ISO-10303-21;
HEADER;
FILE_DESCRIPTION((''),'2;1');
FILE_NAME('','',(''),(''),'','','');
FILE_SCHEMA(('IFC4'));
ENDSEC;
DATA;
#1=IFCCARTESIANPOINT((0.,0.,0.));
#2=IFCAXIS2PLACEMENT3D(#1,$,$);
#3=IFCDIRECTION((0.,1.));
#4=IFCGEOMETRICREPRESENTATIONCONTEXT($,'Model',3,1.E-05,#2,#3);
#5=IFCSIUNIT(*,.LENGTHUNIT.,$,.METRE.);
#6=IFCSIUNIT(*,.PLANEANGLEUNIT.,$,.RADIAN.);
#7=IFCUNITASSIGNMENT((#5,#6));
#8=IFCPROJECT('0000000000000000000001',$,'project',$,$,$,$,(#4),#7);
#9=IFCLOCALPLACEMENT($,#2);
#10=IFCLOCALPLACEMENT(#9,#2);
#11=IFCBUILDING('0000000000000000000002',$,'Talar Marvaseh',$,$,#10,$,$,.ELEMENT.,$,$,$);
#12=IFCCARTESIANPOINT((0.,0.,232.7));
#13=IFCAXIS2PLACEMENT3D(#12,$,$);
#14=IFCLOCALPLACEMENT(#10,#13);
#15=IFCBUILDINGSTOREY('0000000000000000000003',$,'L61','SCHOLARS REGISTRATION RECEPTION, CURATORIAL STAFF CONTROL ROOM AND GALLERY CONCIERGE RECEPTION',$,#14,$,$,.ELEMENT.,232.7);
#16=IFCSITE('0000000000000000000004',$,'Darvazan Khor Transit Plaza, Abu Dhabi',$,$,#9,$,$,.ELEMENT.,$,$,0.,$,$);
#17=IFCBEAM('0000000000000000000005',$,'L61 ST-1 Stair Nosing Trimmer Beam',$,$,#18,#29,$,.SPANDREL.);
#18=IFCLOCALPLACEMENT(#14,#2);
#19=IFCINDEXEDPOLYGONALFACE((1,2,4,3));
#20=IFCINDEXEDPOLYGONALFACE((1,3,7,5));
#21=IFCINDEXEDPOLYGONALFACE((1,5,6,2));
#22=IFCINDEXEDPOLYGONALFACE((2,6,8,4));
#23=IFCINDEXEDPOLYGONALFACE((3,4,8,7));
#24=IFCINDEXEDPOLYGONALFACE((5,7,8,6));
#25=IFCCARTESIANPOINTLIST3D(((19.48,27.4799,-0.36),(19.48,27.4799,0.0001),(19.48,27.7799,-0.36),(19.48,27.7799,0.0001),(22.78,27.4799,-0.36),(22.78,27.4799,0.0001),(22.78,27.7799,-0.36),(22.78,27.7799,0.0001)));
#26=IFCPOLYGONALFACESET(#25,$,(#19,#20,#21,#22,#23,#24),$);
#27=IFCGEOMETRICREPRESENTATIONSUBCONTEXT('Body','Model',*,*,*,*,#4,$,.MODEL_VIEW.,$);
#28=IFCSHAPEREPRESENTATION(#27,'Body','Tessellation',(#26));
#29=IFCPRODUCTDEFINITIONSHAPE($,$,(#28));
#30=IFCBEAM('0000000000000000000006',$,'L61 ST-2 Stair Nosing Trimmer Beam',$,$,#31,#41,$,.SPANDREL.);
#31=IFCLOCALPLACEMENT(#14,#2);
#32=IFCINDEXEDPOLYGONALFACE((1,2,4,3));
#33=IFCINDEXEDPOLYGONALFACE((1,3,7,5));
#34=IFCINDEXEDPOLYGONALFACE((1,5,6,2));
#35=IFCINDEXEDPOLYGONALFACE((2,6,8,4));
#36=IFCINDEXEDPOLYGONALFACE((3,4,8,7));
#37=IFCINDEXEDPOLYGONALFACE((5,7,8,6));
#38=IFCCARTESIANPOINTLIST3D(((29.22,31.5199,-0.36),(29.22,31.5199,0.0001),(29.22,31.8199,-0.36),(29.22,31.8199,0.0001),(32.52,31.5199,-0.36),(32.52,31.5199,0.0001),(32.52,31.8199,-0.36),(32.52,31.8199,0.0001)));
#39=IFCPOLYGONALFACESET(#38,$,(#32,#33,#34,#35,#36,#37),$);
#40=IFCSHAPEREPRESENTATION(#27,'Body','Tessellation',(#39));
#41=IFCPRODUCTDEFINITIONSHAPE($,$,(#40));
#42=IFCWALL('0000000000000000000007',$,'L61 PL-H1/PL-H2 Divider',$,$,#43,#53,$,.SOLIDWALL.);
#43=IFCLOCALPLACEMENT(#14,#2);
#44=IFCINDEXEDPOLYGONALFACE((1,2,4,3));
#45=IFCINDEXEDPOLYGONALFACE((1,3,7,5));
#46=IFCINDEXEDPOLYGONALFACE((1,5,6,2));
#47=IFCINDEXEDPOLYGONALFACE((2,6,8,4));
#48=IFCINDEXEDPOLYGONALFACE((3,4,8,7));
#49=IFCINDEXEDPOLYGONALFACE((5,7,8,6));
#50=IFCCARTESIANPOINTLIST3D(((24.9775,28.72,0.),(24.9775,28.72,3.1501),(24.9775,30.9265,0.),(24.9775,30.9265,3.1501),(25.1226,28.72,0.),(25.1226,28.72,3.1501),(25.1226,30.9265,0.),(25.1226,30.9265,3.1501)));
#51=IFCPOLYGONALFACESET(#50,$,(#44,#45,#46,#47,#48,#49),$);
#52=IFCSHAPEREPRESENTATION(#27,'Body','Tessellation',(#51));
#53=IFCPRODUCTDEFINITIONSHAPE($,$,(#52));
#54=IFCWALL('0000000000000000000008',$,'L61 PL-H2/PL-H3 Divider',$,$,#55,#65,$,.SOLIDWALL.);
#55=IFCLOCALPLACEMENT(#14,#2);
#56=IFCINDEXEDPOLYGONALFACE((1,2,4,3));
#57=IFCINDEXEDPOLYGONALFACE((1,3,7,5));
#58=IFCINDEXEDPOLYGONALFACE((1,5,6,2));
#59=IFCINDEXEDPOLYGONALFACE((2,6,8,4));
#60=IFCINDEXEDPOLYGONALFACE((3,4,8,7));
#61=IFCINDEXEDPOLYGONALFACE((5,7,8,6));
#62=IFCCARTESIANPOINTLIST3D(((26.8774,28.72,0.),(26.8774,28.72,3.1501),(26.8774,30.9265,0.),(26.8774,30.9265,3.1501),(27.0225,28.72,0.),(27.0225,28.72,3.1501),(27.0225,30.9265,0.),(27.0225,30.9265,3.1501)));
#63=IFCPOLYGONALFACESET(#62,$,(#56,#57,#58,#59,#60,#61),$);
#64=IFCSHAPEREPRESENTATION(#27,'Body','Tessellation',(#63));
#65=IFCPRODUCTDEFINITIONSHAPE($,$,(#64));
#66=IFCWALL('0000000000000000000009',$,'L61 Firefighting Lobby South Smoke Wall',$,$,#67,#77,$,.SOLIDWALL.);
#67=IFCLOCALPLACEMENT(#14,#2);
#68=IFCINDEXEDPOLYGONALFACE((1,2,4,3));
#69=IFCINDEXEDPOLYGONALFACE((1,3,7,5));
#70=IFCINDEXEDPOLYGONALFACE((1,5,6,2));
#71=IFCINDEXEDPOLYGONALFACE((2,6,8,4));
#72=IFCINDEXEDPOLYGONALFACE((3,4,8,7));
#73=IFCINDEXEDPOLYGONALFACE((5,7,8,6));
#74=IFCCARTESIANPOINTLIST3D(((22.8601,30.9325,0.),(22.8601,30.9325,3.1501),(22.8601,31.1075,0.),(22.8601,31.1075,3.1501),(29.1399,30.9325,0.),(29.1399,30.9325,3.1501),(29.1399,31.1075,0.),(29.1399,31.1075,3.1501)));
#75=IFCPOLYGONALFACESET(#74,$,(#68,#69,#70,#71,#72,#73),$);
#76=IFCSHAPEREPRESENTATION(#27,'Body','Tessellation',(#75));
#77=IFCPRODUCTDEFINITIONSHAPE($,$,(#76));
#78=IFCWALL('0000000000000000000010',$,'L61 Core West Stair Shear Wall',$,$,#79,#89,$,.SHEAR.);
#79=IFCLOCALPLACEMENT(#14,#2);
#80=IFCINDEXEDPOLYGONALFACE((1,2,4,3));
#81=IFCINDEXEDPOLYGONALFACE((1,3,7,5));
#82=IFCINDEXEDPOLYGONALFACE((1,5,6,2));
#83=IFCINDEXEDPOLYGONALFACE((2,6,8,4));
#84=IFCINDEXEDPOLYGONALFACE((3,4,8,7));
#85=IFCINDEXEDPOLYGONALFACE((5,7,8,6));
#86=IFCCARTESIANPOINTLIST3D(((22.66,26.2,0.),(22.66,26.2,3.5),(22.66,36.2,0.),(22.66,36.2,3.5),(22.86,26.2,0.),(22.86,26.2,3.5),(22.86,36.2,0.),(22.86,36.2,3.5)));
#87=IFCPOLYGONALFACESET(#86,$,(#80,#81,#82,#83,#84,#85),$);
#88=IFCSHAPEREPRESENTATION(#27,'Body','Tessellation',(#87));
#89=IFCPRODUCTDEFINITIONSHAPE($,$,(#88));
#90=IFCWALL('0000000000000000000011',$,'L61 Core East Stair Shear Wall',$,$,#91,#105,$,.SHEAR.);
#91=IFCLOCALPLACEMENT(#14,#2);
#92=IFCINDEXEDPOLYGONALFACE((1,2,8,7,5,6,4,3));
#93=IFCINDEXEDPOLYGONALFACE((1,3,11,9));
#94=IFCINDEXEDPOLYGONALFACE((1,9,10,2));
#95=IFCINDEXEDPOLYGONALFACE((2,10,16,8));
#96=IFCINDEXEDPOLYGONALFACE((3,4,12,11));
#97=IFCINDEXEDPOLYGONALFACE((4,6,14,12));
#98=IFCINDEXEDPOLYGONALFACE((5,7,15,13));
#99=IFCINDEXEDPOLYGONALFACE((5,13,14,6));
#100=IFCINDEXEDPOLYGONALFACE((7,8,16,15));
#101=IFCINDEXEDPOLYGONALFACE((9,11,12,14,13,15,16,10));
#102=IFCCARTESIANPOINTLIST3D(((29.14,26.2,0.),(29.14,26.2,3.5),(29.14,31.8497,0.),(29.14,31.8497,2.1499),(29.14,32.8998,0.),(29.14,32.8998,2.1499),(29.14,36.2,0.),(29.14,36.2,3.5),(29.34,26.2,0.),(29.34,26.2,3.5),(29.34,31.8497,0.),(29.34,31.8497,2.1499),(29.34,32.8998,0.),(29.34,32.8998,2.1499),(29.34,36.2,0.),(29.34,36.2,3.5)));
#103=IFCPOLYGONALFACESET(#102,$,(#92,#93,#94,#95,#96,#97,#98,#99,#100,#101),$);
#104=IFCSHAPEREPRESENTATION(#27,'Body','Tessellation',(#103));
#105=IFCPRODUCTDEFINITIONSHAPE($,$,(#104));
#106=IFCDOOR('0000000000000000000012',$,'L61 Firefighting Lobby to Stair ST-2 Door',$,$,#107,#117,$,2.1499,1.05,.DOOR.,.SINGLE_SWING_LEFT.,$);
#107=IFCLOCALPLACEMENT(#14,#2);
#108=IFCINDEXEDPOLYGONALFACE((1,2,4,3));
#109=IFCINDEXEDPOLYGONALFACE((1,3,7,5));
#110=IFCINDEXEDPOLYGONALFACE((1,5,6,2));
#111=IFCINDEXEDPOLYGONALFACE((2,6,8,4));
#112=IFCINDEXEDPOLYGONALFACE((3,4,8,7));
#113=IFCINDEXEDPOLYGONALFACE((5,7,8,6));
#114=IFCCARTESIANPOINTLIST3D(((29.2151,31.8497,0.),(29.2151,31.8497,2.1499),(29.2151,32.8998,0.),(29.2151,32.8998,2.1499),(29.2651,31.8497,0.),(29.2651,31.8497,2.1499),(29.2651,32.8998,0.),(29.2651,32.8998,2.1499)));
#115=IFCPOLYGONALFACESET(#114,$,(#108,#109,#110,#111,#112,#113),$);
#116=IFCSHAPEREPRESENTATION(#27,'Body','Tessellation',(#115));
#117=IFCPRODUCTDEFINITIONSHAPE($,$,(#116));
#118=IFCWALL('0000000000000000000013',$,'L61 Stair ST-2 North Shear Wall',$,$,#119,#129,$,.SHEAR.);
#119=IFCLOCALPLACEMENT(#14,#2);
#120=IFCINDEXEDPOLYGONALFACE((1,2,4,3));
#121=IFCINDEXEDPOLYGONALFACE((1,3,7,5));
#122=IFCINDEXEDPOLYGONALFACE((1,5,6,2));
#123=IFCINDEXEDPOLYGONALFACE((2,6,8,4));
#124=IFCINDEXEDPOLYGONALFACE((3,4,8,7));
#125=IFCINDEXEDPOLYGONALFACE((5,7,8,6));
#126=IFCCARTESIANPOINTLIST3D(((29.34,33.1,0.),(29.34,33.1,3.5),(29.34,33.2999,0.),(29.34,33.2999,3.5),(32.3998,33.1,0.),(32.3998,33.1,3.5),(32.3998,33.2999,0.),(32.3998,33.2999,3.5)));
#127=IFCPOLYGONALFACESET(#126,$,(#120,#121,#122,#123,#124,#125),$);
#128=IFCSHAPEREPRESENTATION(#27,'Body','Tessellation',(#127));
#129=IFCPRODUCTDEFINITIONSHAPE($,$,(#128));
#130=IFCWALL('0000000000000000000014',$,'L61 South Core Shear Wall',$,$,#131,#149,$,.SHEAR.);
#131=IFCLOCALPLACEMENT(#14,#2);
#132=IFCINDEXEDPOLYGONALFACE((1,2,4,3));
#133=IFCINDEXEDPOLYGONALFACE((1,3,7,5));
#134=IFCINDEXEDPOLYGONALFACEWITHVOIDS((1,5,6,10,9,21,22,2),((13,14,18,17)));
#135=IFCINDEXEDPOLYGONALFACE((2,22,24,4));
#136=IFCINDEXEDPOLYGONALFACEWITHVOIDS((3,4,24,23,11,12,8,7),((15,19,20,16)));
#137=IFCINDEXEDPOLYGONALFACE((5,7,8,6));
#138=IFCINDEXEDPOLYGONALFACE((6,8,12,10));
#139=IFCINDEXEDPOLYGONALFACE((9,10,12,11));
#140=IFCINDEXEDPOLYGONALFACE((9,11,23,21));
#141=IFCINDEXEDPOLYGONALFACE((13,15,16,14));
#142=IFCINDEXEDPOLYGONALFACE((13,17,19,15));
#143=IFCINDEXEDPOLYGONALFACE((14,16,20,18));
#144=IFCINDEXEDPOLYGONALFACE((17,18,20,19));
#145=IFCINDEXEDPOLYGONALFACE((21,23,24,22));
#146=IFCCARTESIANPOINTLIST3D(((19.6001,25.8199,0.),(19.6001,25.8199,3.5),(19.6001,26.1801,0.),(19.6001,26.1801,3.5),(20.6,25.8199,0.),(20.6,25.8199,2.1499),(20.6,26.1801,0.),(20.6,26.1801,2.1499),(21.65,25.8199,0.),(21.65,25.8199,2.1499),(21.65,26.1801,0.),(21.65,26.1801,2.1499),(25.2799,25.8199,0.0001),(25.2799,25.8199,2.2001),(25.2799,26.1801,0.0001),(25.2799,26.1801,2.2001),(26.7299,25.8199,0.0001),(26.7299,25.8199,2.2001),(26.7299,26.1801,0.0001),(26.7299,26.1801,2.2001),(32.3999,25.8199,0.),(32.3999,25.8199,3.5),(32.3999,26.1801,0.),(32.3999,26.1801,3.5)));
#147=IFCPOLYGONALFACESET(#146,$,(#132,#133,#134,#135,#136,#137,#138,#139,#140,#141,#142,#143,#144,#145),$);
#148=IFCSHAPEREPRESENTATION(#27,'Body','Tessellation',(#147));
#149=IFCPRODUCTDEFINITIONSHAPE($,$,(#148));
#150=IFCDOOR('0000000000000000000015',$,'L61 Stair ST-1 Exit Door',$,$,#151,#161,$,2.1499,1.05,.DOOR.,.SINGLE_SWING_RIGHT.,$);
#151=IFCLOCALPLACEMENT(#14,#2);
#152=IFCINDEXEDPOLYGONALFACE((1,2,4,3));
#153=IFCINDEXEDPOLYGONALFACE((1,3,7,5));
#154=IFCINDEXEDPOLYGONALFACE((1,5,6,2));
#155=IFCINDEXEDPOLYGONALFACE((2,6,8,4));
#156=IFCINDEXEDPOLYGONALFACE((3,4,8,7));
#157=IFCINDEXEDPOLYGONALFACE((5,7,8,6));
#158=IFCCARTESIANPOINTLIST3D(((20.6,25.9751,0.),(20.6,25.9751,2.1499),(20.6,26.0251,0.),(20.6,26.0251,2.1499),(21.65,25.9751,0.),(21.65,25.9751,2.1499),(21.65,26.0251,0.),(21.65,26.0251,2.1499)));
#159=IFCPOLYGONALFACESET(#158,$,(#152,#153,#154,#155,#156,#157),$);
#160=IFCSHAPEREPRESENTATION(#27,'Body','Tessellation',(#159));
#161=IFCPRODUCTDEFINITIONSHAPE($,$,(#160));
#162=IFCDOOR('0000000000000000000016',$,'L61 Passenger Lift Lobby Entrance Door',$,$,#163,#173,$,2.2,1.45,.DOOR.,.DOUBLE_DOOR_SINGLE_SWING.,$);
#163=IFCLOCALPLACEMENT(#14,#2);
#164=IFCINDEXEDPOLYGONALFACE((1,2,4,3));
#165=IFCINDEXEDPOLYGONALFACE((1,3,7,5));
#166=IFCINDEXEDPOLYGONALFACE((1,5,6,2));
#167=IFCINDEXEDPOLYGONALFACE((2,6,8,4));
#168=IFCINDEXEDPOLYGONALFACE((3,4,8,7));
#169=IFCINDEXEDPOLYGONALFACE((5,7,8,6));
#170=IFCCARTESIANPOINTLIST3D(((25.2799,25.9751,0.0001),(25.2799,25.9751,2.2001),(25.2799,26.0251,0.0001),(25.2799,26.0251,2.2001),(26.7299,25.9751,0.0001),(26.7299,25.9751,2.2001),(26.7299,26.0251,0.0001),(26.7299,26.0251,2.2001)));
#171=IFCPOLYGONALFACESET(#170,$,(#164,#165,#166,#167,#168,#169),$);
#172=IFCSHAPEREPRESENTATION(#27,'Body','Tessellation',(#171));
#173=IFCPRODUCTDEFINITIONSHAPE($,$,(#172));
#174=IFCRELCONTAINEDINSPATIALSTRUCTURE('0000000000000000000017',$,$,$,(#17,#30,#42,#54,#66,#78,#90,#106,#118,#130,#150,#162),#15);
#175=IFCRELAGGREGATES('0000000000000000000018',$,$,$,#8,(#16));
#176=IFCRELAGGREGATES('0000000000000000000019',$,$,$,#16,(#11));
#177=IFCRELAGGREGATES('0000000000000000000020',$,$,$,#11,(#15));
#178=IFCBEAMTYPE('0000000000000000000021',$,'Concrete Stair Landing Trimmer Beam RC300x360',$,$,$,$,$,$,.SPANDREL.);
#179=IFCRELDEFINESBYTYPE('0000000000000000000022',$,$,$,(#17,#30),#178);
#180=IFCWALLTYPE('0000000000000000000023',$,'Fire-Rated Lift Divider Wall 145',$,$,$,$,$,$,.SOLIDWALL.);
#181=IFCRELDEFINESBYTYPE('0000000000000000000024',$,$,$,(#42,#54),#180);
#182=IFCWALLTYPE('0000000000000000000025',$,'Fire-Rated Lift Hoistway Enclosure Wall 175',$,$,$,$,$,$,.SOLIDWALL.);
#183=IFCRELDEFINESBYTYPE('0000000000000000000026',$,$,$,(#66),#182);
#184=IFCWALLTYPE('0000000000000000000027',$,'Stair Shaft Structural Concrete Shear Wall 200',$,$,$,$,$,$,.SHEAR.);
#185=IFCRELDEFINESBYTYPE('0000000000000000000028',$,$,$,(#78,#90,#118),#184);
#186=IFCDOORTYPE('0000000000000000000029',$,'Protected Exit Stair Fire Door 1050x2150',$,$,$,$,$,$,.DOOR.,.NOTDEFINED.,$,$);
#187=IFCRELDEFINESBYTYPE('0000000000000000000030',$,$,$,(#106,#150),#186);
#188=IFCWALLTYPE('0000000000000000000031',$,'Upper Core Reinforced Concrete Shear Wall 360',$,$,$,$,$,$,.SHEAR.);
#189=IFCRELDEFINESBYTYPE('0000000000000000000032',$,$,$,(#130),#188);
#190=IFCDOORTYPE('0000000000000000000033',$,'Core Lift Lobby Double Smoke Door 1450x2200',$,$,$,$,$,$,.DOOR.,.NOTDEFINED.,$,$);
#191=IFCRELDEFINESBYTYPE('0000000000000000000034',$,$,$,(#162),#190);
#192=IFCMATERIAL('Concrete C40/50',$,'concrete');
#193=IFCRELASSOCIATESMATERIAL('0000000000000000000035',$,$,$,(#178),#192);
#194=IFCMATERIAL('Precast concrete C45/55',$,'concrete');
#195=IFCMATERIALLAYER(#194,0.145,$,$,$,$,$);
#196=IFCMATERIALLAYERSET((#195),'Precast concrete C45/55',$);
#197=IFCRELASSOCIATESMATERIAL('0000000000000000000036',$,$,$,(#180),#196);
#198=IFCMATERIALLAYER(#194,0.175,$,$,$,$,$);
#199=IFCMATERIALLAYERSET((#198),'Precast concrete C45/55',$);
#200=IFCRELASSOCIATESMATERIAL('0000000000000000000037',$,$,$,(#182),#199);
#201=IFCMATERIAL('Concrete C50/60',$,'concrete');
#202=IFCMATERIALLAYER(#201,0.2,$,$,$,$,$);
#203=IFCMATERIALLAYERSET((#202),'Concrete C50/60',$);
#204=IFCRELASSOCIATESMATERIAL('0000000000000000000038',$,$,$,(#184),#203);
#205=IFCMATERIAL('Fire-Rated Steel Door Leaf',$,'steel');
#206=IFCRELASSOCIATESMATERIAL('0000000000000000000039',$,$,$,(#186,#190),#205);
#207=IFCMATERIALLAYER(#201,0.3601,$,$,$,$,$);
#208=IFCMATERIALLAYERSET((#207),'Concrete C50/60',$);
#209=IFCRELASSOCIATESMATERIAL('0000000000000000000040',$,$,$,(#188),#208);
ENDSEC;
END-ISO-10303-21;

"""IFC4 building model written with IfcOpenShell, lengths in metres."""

from ifc_helpers import new_model, si_unit, direction, frame, frame_2d, origin, origin_2d, place, context, subcontext, project, spatial, rectangle, extrude, source, transform, mapped, material, layer, layer_set, material_profile, profile_set, type_object, type_shapes, element, fill, save


model = new_model("IFC4")

# Units and contexts
model_context = context("Model", 3, precision=1e-05, world=origin(), true_north=direction((0.0, 1.0)))
body_context = subcontext(model_context, "Body", "Model", "MODEL_VIEW")
ifc_project = project(units=[si_unit("LENGTHUNIT", "METRE"), si_unit("PLANEANGLEUNIT", "RADIAN")], contexts=[model_context])

# Site, building, storey
site_placement = place(None, origin())
site = spatial("IfcSite", under=ifc_project, at=site_placement, Name="Darvazan Khor Transit Plaza, Abu Dhabi", CompositionType="ELEMENT", RefElevation=0.0)
building_placement = place(site_placement, origin())
building = spatial("IfcBuilding", under=site, at=building_placement, Name="Talar Marvaseh", CompositionType="ELEMENT")
storey_placement = place(building_placement, frame((0.0, 0.0, 232.7)))
storey = spatial("IfcBuildingStorey", under=building, at=storey_placement, Name="L61", Description="SCHOLARS REGISTRATION RECEPTION, CURATORIAL STAFF CONTROL ROOM AND GALLERY CONCIERGE RECEPTION", CompositionType="ELEMENT", Elevation=232.7)

# Beams
ifc_material_1 = material(Name="Concrete C40/50", Category="concrete")
ifc_material_profile = material_profile(ifc_material_1, rectangle(XDim=0.3, YDim=0.3601, at=origin_2d()), Name="RC300x360")
ifc_profile_set = profile_set([ifc_material_profile], Name="Concrete C40/50")
beam_type = type_object("IfcBeamType", Name="Concrete Stair Landing Trimmer Beam RC300x360", PredefinedType="SPANDREL", material=ifc_profile_set)
for number, where, z_axis, x_axis, name in (
    (1, (22.78, 27.6299, -0.1799), (-1.0, 0.0, 0.0), (0.0, -1.0, 0.0), "L61 ST-1 Stair Nosing Trimmer Beam"),
    (2, (29.22, 31.6699, -0.1799), (1.0, 0.0, 0.0), (0.0, 1.0, 0.0), "L61 ST-2 Stair Nosing Trimmer Beam"),
):
    element("IfcBeam", number, at=place(storey_placement, frame(where, z_axis=z_axis, x_axis=x_axis)), inside=storey, type_object=beam_type, Name=name, PredefinedType="SPANDREL", context=body_context, shape_type="SweptSolid", body=[
        extrude(rectangle(XDim=0.3, YDim=0.3601, at=origin_2d()), origin(), (0.0, 0.0, 1.0), 3.3),
    ])

# Walls
ifc_material_2 = material(Name="Precast concrete C45/55", Category="concrete")
ifc_layer_1 = layer(ifc_material_2, 0.145)
ifc_layer_set_1 = layer_set([ifc_layer_1], Name="Precast concrete C45/55")
wall_type_1 = type_object("IfcWallType", Name="Fire-Rated Lift Divider Wall 145", PredefinedType="SOLIDWALL", material=ifc_layer_set_1)
for number, where, z_axis, x_axis, name in (
    (3, (25.05, 28.72, 0.0), (0.0, 0.0, 1.0), (0.0, 1.0, 0.0), "L61 PL-H1/PL-H2 Divider"),
    (4, (26.95, 28.72, 0.0), (0.0, 0.0, 1.0), (0.0, 1.0, 0.0), "L61 PL-H2/PL-H3 Divider"),
):
    element("IfcWall", number, at=place(storey_placement, frame(where, z_axis=z_axis, x_axis=x_axis)), inside=storey, type_object=wall_type_1, Name=name, PredefinedType="SOLIDWALL", context=body_context, shape_type="SweptSolid", body=[
        extrude(rectangle(XDim=2.2065, YDim=0.145, at=frame_2d((1.1033, 0.0))), origin(), (0.0, 0.0, 1.0), 3.1501),
    ])

# Shared definitions
ifc_layer_2 = layer(ifc_material_2, 0.175)
ifc_layer_set_2 = layer_set([ifc_layer_2], Name="Precast concrete C45/55")
wall_type_2 = type_object("IfcWallType", Name="Fire-Rated Lift Hoistway Enclosure Wall 175", PredefinedType="SOLIDWALL", material=ifc_layer_set_2)

# Wall
wall_1_placement = place(storey_placement, frame((22.8601, 31.02, 0.0), z_axis=(0.0, 0.0, 1.0), x_axis=(1.0, 0.0, 0.0)))
element("IfcWall", 5, at=wall_1_placement, inside=storey, type_object=wall_type_2, Name="L61 Firefighting Lobby South Smoke Wall", PredefinedType="SOLIDWALL", context=body_context, shape_type="SweptSolid", body=[
    extrude(rectangle(XDim=6.2798, YDim=0.175, at=frame_2d((3.1399, 0.0))), origin(), (0.0, 0.0, 1.0), 3.1501),
])

# Wall
ifc_material_3 = material(Name="Concrete C50/60", Category="concrete")
ifc_layer_3 = layer(ifc_material_3, 0.2)
ifc_layer_set_3 = layer_set([ifc_layer_3], Name="Concrete C50/60")
wall_type_3 = type_object("IfcWallType", Name="Stair Shaft Structural Concrete Shear Wall 200", PredefinedType="SHEAR", material=ifc_layer_set_3)
wall_2_placement = place(storey_placement, frame((22.76, 26.2, 0.0), z_axis=(0.0, 0.0, 1.0), x_axis=(0.0, 1.0, 0.0)))
element("IfcWall", 6, at=wall_2_placement, inside=storey, type_object=wall_type_3, Name="L61 Core West Stair Shear Wall", PredefinedType="SHEAR", context=body_context, shape_type="SweptSolid", body=[
    extrude(rectangle(XDim=10.0, YDim=0.2, at=frame_2d((5.0, 0.0))), origin(), (0.0, 0.0, 1.0), 3.5),
])

# Wall, opening, door
wall_3_placement = place(storey_placement, frame((29.24, 26.2, 0.0), z_axis=(0.0, 0.0, 1.0), x_axis=(0.0, 1.0, 0.0)))
wall_3 = element("IfcWall", 7, at=wall_3_placement, inside=storey, type_object=wall_type_3, Name="L61 Core East Stair Shear Wall", PredefinedType="SHEAR", context=body_context, shape_type="SweptSolid", body=[
    extrude(rectangle(XDim=10.0, YDim=0.2, at=frame_2d((5.0, 0.0))), origin(), (0.0, 0.0, 1.0), 3.5),
])
opening_1_placement = place(wall_3_placement, frame((5.6499, 0.0, 0.0)))
opening_1 = element("IfcOpeningElement", 8, at=opening_1_placement, cuts=wall_3, PredefinedType="OPENING", context=body_context, shape_type="SweptSolid", body=[
    extrude(rectangle(XDim=1.05, YDim=2.1499, at=frame_2d((0.5249, 1.075))), frame((0.0, 0.1099, 0.0), z_axis=(0.0, -1.0, 0.0), x_axis=(1.0, 0.0, 0.0)), (0.0, 0.0, 1.0), 0.22),
])
ifc_material_4 = material(Name="Fire-Rated Steel Door Leaf", Category="steel")
door_type_1 = type_object("IfcDoorType", Name="Protected Exit Stair Fire Door 1050x2150", OperationType="NOTDEFINED", PredefinedType="DOOR", material=ifc_material_4)
shared_shape_1 = source(origin(), body_context, "Body", "SweptSolid", [
    extrude(rectangle(XDim=1.05, YDim=2.1499, at=frame_2d((0.5249, 1.075))), frame((0.0, 0.0249, 0.0), z_axis=(0.0, -1.0, 0.0), x_axis=(1.0, 0.0, 0.0)), (0.0, 0.0, 1.0), 0.05),
])
type_shapes(door_type_1, [shared_shape_1])
door_1_placement = place(opening_1_placement, origin())
door_1 = element("IfcDoor", 9, at=door_1_placement, inside=storey, type_object=door_type_1, Name="L61 Firefighting Lobby to Stair ST-2 Door", OperationType="SINGLE_SWING_LEFT", OverallHeight=2.1499, OverallWidth=1.05, PredefinedType="DOOR", context=body_context, shape_type="MappedRepresentation", body=[
    mapped(shared_shape_1, transform((0.0, 0.0, 0.0), x_axis=(1.0, 0.0, 0.0), y_axis=(0.0, 1.0, 0.0), z_axis=(0.0, 0.0, 1.0), scale=1.0)),
])
fill(opening_1, door_1)

# Wall
wall_4_placement = place(storey_placement, frame((29.3401, 33.2, 0.0), z_axis=(0.0, 0.0, 1.0), x_axis=(1.0, 0.0, 0.0)))
element("IfcWall", 10, at=wall_4_placement, inside=storey, type_object=wall_type_3, Name="L61 Stair ST-2 North Shear Wall", PredefinedType="SHEAR", context=body_context, shape_type="SweptSolid", body=[
    extrude(rectangle(XDim=3.0598, YDim=0.2, at=frame_2d((1.5298, 0.0))), origin(), (0.0, 0.0, 1.0), 3.5),
])

# Wall, openings, doors
ifc_layer_4 = layer(ifc_material_3, 0.3601)
ifc_layer_set_4 = layer_set([ifc_layer_4], Name="Concrete C50/60")
wall_type_4 = type_object("IfcWallType", Name="Upper Core Reinforced Concrete Shear Wall 360", PredefinedType="SHEAR", material=ifc_layer_set_4)
wall_5_placement = place(storey_placement, frame((32.3999, 26.0, 0.0), z_axis=(0.0, 0.0, 1.0), x_axis=(-1.0, 0.0, 0.0)))
wall_5 = element("IfcWall", 11, at=wall_5_placement, inside=storey, type_object=wall_type_4, Name="L61 South Core Shear Wall", PredefinedType="SHEAR", context=body_context, shape_type="SweptSolid", body=[
    extrude(rectangle(XDim=12.7998, YDim=0.3601, at=frame_2d((6.3999, 0.0))), origin(), (0.0, 0.0, 1.0), 3.5),
])
opening_2_placement = place(wall_5_placement, frame((10.75, 0.0, 0.0)))
opening_2 = element("IfcOpeningElement", 12, at=opening_2_placement, cuts=wall_5, PredefinedType="OPENING", context=body_context, shape_type="SweptSolid", body=[
    extrude(rectangle(XDim=1.05, YDim=2.1499, at=frame_2d((0.5249, 1.075))), frame((0.0, 0.1899, 0.0), z_axis=(0.0, -1.0, 0.0), x_axis=(1.0, 0.0, 0.0)), (0.0, 0.0, 1.0), 0.3801),
])
opening_3_placement = place(wall_5_placement, frame((5.6699, 0.0, 0.0)))
opening_3 = element("IfcOpeningElement", 13, at=opening_3_placement, cuts=wall_5, PredefinedType="OPENING", context=body_context, shape_type="SweptSolid", body=[
    extrude(rectangle(XDim=1.45, YDim=2.2, at=frame_2d((0.7251, 1.1001))), frame((0.0, 0.1899, 0.0), z_axis=(0.0, -1.0, 0.0), x_axis=(1.0, 0.0, 0.0)), (0.0, 0.0, 1.0), 0.3801),
])
door_2_placement = place(opening_2_placement, origin())
door_2 = element("IfcDoor", 14, at=door_2_placement, inside=storey, type_object=door_type_1, Name="L61 Stair ST-1 Exit Door", OperationType="SINGLE_SWING_RIGHT", OverallHeight=2.1499, OverallWidth=1.05, PredefinedType="DOOR", context=body_context, shape_type="MappedRepresentation", body=[
    mapped(shared_shape_1, transform((0.0, 0.0, 0.0), x_axis=(1.0, 0.0, 0.0), y_axis=(0.0, 1.0, 0.0), z_axis=(0.0, 0.0, 1.0), scale=1.0)),
])
fill(opening_2, door_2)
door_type_2 = type_object("IfcDoorType", Name="Core Lift Lobby Double Smoke Door 1450x2200", OperationType="NOTDEFINED", PredefinedType="DOOR", material=ifc_material_4)
shared_shape_2 = source(origin(), body_context, "Body", "SweptSolid", [
    extrude(rectangle(XDim=1.45, YDim=2.2, at=frame_2d((0.7251, 1.1001))), frame((0.0, 0.0249, 0.0), z_axis=(0.0, -1.0, 0.0), x_axis=(1.0, 0.0, 0.0)), (0.0, 0.0, 1.0), 0.05),
])
type_shapes(door_type_2, [shared_shape_2])
door_3_placement = place(opening_3_placement, origin())
door_3 = element("IfcDoor", 15, at=door_3_placement, inside=storey, type_object=door_type_2, Name="L61 Passenger Lift Lobby Entrance Door", OperationType="DOUBLE_DOOR_SINGLE_SWING", OverallHeight=2.2, OverallWidth=1.45, PredefinedType="DOOR", context=body_context, shape_type="MappedRepresentation", body=[
    mapped(shared_shape_2, transform((0.0, 0.0, 0.0), x_axis=(1.0, 0.0, 0.0), y_axis=(0.0, 1.0, 0.0), z_axis=(0.0, 0.0, 1.0), scale=1.0)),
])
fill(opening_3, door_3)

save(model, "model.ifc")
